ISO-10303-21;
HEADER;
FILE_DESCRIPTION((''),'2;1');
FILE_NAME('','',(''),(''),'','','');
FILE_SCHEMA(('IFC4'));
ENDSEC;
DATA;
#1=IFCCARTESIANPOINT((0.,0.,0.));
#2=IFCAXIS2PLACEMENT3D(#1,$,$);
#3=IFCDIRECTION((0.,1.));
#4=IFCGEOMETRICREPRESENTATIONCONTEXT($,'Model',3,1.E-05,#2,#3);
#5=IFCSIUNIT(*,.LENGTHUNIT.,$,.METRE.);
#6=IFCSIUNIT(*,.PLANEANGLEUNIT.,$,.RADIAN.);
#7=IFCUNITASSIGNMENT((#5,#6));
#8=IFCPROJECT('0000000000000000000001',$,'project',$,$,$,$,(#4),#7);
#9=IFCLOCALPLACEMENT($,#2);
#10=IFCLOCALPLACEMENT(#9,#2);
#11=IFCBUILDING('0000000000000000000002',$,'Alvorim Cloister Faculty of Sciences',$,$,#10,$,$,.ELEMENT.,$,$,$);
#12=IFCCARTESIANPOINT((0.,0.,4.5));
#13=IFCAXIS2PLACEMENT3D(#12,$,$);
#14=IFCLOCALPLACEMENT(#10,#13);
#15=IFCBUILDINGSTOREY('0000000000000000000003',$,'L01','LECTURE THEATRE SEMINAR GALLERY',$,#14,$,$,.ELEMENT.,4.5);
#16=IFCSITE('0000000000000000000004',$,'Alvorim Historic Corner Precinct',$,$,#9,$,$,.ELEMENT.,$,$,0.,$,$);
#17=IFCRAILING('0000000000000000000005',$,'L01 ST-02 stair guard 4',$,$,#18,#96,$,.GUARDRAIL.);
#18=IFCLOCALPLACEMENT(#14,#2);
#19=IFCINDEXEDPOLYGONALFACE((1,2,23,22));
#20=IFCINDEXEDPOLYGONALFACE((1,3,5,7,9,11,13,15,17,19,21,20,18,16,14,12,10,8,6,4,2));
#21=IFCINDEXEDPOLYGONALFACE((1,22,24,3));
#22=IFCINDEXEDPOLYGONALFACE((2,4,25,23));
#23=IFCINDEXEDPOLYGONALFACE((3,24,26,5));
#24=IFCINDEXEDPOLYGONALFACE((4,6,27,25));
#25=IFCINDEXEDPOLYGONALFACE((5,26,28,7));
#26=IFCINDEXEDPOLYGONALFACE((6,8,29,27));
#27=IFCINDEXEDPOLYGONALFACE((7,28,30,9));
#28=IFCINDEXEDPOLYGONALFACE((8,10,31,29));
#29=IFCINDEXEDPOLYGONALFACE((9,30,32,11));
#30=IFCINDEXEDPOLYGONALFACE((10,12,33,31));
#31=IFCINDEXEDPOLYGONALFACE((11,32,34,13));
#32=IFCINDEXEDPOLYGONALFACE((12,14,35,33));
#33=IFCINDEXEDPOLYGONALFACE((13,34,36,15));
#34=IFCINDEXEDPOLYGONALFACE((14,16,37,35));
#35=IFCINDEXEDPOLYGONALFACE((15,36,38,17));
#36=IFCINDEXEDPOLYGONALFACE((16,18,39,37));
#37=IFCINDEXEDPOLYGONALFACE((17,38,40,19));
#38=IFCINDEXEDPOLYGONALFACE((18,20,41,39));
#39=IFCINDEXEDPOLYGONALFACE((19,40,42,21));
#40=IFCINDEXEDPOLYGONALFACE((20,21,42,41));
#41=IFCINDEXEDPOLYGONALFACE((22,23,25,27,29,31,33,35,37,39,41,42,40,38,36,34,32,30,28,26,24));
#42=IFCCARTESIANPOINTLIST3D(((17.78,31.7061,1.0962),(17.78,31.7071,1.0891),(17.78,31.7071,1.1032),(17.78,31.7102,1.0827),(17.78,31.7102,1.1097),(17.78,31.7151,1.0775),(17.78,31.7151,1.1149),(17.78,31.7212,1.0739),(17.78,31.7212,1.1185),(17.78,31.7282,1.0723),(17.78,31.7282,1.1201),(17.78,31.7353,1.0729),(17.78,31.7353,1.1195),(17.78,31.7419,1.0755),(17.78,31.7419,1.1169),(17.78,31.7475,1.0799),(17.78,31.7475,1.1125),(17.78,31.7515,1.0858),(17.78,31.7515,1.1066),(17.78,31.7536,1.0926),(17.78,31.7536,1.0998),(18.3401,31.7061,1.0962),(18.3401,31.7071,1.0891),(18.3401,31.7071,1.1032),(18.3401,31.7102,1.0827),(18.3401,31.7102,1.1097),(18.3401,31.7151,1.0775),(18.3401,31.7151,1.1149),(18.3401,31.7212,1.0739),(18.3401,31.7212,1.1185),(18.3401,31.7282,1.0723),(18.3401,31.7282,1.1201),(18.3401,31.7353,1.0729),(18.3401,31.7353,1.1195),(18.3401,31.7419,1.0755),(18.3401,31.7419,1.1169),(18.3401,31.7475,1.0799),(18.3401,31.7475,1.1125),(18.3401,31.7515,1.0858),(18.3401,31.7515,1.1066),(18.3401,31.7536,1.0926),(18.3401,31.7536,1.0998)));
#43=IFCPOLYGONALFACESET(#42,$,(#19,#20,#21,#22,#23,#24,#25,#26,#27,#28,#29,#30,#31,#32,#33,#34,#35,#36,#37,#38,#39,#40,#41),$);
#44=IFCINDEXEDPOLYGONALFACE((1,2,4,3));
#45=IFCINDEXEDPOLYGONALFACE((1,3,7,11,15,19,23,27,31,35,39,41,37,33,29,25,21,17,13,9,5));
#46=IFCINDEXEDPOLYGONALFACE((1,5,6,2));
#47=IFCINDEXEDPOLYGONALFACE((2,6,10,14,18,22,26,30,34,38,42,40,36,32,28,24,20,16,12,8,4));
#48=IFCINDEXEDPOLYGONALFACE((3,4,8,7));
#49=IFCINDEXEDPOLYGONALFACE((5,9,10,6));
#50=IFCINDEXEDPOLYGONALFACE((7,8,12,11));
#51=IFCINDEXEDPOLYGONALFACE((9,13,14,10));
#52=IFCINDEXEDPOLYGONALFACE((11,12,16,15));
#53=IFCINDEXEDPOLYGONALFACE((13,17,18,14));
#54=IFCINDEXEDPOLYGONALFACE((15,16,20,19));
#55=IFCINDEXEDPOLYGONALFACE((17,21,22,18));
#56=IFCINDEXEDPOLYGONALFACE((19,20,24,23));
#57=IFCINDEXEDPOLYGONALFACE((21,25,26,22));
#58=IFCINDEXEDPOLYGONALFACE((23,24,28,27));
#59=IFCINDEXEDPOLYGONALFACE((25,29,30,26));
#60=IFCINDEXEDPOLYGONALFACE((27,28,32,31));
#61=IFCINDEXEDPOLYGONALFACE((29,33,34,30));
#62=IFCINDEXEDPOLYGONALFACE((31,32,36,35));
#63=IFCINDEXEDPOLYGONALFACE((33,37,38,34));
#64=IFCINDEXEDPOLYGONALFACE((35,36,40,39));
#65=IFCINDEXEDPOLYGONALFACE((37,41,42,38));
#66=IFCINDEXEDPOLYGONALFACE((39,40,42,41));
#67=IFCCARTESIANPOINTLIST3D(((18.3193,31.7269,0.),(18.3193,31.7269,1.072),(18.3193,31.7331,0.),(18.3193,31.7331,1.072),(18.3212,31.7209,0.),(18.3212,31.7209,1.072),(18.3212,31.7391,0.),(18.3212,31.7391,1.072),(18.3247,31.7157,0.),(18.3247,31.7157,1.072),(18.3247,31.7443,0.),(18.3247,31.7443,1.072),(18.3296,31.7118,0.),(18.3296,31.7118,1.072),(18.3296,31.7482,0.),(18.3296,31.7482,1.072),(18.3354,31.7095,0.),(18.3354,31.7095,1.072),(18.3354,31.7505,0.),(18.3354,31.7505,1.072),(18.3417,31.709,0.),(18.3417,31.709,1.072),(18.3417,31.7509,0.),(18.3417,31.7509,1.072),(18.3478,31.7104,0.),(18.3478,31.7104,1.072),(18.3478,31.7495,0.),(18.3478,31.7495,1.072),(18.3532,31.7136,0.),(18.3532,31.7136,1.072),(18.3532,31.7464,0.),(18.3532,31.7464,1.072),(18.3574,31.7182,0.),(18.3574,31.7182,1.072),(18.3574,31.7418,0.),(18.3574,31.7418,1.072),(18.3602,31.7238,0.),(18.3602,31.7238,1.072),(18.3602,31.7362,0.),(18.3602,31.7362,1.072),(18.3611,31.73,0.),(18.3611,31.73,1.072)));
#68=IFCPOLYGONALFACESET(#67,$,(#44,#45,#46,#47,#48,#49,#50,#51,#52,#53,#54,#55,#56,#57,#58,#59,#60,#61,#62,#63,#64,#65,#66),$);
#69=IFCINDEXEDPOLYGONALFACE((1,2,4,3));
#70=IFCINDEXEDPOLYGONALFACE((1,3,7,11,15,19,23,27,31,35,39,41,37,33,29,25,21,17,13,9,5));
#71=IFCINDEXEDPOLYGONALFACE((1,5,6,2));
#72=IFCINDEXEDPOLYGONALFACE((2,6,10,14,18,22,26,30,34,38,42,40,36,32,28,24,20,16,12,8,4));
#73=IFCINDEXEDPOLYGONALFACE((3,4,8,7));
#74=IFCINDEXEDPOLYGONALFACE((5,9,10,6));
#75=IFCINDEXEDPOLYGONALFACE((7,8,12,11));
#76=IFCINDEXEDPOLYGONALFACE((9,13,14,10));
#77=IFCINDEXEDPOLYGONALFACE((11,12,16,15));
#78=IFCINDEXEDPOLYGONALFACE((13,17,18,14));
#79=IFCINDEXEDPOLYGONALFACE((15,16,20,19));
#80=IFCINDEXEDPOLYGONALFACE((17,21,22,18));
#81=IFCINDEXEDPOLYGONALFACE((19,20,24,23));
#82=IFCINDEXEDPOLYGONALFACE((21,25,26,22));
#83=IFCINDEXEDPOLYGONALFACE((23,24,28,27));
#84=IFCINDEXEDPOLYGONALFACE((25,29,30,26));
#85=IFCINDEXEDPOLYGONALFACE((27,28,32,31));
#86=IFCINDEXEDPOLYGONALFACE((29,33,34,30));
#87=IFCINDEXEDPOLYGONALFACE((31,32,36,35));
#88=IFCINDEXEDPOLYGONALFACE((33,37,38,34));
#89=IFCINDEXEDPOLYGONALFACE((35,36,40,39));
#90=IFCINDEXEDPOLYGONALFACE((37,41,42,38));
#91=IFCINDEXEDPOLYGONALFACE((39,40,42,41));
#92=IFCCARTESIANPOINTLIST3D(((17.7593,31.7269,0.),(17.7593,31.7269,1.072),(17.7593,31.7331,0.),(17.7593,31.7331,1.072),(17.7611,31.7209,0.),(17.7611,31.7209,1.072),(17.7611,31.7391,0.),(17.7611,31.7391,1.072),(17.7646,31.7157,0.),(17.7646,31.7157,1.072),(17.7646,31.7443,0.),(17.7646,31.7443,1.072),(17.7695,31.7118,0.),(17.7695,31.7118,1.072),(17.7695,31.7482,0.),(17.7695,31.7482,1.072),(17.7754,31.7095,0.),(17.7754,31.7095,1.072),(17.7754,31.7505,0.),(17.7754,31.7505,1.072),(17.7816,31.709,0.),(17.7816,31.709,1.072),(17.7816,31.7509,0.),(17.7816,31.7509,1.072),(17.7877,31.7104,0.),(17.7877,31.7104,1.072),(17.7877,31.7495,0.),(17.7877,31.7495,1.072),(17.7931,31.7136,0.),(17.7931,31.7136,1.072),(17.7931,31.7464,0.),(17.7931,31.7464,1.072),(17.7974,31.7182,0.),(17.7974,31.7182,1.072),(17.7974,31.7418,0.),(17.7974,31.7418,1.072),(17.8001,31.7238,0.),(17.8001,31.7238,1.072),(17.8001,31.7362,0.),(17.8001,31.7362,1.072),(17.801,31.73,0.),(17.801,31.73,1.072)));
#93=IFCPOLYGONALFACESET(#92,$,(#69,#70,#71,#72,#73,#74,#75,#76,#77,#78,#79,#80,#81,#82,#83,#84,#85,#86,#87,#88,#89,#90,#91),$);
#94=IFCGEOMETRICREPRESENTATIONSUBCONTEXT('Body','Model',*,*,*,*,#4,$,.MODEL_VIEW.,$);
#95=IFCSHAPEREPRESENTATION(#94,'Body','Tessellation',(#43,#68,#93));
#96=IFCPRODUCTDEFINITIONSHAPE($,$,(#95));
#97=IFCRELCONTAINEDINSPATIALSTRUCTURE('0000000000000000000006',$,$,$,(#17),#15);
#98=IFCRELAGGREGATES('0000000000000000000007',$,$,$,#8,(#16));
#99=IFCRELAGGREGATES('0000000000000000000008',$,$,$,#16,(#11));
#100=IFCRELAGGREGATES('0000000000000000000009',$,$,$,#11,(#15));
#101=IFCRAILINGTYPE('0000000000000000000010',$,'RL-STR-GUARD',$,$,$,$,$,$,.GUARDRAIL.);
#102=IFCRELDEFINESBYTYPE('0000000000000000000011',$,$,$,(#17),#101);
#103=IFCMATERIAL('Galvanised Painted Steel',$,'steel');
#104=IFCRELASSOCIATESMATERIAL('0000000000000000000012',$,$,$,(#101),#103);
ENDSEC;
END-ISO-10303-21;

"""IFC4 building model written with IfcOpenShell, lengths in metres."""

from ifc_helpers import new_model, si_unit, direction, frame, origin, origin_2d, place, context, subcontext, project, spatial, circle, extrude, material, type_object, element, save


model = new_model("IFC4")

# Units and contexts
model_context = context("Model", 3, precision=1e-05, world=origin(), true_north=direction((0.0, 1.0)))
body_context = subcontext(model_context, "Body", "Model", "MODEL_VIEW")
ifc_project = project(units=[si_unit("LENGTHUNIT", "METRE"), si_unit("PLANEANGLEUNIT", "RADIAN")], contexts=[model_context])

# Site, building, storey
site_placement = place(None, origin())
site = spatial("IfcSite", under=ifc_project, at=site_placement, Name="Alvorim Historic Corner Precinct", CompositionType="ELEMENT", RefElevation=0.0)
building_placement = place(site_placement, origin())
building = spatial("IfcBuilding", under=site, at=building_placement, Name="Alvorim Cloister Faculty of Sciences", CompositionType="ELEMENT")
storey_placement = place(building_placement, frame((0.0, 0.0, 4.5)))
storey = spatial("IfcBuildingStorey", under=building, at=storey_placement, Name="L01", Description="LECTURE THEATRE SEMINAR GALLERY", CompositionType="ELEMENT", Elevation=4.5)

# Railing
ifc_material_1 = material(Name="Galvanised Painted Steel", Category="steel")
railing_type_1 = type_object("IfcRailingType", Name="RL-STR-GUARD", PredefinedType="GUARDRAIL", material=ifc_material_1)
railing_1_placement = place(storey_placement, frame((18.3401, 31.73, 0.0)))
element("IfcRailing", 1, at=railing_1_placement, inside=storey, type_object=railing_type_1, Name="L01 ST-02 stair guard 4", PredefinedType="GUARDRAIL", context=body_context, shape_type="SweptSolid", body=[
    extrude(circle(Radius=0.0239, at=origin_2d()), frame((0.0, 0.0, 1.0962), z_axis=(-1.0, 0.0, 0.0), x_axis=(0.0, -1.0, 0.0)), (0.0, 0.0, 1.0), 0.5601),
    extrude(circle(Radius=0.021, at=origin_2d()), origin(), (0.0, 0.0, 1.0), 1.072),
    extrude(circle(Radius=0.021, at=origin_2d()), frame((-0.5601, 0.0, 0.0)), (0.0, 0.0, 1.0), 1.072),
])

save(model, "model.ifc")
